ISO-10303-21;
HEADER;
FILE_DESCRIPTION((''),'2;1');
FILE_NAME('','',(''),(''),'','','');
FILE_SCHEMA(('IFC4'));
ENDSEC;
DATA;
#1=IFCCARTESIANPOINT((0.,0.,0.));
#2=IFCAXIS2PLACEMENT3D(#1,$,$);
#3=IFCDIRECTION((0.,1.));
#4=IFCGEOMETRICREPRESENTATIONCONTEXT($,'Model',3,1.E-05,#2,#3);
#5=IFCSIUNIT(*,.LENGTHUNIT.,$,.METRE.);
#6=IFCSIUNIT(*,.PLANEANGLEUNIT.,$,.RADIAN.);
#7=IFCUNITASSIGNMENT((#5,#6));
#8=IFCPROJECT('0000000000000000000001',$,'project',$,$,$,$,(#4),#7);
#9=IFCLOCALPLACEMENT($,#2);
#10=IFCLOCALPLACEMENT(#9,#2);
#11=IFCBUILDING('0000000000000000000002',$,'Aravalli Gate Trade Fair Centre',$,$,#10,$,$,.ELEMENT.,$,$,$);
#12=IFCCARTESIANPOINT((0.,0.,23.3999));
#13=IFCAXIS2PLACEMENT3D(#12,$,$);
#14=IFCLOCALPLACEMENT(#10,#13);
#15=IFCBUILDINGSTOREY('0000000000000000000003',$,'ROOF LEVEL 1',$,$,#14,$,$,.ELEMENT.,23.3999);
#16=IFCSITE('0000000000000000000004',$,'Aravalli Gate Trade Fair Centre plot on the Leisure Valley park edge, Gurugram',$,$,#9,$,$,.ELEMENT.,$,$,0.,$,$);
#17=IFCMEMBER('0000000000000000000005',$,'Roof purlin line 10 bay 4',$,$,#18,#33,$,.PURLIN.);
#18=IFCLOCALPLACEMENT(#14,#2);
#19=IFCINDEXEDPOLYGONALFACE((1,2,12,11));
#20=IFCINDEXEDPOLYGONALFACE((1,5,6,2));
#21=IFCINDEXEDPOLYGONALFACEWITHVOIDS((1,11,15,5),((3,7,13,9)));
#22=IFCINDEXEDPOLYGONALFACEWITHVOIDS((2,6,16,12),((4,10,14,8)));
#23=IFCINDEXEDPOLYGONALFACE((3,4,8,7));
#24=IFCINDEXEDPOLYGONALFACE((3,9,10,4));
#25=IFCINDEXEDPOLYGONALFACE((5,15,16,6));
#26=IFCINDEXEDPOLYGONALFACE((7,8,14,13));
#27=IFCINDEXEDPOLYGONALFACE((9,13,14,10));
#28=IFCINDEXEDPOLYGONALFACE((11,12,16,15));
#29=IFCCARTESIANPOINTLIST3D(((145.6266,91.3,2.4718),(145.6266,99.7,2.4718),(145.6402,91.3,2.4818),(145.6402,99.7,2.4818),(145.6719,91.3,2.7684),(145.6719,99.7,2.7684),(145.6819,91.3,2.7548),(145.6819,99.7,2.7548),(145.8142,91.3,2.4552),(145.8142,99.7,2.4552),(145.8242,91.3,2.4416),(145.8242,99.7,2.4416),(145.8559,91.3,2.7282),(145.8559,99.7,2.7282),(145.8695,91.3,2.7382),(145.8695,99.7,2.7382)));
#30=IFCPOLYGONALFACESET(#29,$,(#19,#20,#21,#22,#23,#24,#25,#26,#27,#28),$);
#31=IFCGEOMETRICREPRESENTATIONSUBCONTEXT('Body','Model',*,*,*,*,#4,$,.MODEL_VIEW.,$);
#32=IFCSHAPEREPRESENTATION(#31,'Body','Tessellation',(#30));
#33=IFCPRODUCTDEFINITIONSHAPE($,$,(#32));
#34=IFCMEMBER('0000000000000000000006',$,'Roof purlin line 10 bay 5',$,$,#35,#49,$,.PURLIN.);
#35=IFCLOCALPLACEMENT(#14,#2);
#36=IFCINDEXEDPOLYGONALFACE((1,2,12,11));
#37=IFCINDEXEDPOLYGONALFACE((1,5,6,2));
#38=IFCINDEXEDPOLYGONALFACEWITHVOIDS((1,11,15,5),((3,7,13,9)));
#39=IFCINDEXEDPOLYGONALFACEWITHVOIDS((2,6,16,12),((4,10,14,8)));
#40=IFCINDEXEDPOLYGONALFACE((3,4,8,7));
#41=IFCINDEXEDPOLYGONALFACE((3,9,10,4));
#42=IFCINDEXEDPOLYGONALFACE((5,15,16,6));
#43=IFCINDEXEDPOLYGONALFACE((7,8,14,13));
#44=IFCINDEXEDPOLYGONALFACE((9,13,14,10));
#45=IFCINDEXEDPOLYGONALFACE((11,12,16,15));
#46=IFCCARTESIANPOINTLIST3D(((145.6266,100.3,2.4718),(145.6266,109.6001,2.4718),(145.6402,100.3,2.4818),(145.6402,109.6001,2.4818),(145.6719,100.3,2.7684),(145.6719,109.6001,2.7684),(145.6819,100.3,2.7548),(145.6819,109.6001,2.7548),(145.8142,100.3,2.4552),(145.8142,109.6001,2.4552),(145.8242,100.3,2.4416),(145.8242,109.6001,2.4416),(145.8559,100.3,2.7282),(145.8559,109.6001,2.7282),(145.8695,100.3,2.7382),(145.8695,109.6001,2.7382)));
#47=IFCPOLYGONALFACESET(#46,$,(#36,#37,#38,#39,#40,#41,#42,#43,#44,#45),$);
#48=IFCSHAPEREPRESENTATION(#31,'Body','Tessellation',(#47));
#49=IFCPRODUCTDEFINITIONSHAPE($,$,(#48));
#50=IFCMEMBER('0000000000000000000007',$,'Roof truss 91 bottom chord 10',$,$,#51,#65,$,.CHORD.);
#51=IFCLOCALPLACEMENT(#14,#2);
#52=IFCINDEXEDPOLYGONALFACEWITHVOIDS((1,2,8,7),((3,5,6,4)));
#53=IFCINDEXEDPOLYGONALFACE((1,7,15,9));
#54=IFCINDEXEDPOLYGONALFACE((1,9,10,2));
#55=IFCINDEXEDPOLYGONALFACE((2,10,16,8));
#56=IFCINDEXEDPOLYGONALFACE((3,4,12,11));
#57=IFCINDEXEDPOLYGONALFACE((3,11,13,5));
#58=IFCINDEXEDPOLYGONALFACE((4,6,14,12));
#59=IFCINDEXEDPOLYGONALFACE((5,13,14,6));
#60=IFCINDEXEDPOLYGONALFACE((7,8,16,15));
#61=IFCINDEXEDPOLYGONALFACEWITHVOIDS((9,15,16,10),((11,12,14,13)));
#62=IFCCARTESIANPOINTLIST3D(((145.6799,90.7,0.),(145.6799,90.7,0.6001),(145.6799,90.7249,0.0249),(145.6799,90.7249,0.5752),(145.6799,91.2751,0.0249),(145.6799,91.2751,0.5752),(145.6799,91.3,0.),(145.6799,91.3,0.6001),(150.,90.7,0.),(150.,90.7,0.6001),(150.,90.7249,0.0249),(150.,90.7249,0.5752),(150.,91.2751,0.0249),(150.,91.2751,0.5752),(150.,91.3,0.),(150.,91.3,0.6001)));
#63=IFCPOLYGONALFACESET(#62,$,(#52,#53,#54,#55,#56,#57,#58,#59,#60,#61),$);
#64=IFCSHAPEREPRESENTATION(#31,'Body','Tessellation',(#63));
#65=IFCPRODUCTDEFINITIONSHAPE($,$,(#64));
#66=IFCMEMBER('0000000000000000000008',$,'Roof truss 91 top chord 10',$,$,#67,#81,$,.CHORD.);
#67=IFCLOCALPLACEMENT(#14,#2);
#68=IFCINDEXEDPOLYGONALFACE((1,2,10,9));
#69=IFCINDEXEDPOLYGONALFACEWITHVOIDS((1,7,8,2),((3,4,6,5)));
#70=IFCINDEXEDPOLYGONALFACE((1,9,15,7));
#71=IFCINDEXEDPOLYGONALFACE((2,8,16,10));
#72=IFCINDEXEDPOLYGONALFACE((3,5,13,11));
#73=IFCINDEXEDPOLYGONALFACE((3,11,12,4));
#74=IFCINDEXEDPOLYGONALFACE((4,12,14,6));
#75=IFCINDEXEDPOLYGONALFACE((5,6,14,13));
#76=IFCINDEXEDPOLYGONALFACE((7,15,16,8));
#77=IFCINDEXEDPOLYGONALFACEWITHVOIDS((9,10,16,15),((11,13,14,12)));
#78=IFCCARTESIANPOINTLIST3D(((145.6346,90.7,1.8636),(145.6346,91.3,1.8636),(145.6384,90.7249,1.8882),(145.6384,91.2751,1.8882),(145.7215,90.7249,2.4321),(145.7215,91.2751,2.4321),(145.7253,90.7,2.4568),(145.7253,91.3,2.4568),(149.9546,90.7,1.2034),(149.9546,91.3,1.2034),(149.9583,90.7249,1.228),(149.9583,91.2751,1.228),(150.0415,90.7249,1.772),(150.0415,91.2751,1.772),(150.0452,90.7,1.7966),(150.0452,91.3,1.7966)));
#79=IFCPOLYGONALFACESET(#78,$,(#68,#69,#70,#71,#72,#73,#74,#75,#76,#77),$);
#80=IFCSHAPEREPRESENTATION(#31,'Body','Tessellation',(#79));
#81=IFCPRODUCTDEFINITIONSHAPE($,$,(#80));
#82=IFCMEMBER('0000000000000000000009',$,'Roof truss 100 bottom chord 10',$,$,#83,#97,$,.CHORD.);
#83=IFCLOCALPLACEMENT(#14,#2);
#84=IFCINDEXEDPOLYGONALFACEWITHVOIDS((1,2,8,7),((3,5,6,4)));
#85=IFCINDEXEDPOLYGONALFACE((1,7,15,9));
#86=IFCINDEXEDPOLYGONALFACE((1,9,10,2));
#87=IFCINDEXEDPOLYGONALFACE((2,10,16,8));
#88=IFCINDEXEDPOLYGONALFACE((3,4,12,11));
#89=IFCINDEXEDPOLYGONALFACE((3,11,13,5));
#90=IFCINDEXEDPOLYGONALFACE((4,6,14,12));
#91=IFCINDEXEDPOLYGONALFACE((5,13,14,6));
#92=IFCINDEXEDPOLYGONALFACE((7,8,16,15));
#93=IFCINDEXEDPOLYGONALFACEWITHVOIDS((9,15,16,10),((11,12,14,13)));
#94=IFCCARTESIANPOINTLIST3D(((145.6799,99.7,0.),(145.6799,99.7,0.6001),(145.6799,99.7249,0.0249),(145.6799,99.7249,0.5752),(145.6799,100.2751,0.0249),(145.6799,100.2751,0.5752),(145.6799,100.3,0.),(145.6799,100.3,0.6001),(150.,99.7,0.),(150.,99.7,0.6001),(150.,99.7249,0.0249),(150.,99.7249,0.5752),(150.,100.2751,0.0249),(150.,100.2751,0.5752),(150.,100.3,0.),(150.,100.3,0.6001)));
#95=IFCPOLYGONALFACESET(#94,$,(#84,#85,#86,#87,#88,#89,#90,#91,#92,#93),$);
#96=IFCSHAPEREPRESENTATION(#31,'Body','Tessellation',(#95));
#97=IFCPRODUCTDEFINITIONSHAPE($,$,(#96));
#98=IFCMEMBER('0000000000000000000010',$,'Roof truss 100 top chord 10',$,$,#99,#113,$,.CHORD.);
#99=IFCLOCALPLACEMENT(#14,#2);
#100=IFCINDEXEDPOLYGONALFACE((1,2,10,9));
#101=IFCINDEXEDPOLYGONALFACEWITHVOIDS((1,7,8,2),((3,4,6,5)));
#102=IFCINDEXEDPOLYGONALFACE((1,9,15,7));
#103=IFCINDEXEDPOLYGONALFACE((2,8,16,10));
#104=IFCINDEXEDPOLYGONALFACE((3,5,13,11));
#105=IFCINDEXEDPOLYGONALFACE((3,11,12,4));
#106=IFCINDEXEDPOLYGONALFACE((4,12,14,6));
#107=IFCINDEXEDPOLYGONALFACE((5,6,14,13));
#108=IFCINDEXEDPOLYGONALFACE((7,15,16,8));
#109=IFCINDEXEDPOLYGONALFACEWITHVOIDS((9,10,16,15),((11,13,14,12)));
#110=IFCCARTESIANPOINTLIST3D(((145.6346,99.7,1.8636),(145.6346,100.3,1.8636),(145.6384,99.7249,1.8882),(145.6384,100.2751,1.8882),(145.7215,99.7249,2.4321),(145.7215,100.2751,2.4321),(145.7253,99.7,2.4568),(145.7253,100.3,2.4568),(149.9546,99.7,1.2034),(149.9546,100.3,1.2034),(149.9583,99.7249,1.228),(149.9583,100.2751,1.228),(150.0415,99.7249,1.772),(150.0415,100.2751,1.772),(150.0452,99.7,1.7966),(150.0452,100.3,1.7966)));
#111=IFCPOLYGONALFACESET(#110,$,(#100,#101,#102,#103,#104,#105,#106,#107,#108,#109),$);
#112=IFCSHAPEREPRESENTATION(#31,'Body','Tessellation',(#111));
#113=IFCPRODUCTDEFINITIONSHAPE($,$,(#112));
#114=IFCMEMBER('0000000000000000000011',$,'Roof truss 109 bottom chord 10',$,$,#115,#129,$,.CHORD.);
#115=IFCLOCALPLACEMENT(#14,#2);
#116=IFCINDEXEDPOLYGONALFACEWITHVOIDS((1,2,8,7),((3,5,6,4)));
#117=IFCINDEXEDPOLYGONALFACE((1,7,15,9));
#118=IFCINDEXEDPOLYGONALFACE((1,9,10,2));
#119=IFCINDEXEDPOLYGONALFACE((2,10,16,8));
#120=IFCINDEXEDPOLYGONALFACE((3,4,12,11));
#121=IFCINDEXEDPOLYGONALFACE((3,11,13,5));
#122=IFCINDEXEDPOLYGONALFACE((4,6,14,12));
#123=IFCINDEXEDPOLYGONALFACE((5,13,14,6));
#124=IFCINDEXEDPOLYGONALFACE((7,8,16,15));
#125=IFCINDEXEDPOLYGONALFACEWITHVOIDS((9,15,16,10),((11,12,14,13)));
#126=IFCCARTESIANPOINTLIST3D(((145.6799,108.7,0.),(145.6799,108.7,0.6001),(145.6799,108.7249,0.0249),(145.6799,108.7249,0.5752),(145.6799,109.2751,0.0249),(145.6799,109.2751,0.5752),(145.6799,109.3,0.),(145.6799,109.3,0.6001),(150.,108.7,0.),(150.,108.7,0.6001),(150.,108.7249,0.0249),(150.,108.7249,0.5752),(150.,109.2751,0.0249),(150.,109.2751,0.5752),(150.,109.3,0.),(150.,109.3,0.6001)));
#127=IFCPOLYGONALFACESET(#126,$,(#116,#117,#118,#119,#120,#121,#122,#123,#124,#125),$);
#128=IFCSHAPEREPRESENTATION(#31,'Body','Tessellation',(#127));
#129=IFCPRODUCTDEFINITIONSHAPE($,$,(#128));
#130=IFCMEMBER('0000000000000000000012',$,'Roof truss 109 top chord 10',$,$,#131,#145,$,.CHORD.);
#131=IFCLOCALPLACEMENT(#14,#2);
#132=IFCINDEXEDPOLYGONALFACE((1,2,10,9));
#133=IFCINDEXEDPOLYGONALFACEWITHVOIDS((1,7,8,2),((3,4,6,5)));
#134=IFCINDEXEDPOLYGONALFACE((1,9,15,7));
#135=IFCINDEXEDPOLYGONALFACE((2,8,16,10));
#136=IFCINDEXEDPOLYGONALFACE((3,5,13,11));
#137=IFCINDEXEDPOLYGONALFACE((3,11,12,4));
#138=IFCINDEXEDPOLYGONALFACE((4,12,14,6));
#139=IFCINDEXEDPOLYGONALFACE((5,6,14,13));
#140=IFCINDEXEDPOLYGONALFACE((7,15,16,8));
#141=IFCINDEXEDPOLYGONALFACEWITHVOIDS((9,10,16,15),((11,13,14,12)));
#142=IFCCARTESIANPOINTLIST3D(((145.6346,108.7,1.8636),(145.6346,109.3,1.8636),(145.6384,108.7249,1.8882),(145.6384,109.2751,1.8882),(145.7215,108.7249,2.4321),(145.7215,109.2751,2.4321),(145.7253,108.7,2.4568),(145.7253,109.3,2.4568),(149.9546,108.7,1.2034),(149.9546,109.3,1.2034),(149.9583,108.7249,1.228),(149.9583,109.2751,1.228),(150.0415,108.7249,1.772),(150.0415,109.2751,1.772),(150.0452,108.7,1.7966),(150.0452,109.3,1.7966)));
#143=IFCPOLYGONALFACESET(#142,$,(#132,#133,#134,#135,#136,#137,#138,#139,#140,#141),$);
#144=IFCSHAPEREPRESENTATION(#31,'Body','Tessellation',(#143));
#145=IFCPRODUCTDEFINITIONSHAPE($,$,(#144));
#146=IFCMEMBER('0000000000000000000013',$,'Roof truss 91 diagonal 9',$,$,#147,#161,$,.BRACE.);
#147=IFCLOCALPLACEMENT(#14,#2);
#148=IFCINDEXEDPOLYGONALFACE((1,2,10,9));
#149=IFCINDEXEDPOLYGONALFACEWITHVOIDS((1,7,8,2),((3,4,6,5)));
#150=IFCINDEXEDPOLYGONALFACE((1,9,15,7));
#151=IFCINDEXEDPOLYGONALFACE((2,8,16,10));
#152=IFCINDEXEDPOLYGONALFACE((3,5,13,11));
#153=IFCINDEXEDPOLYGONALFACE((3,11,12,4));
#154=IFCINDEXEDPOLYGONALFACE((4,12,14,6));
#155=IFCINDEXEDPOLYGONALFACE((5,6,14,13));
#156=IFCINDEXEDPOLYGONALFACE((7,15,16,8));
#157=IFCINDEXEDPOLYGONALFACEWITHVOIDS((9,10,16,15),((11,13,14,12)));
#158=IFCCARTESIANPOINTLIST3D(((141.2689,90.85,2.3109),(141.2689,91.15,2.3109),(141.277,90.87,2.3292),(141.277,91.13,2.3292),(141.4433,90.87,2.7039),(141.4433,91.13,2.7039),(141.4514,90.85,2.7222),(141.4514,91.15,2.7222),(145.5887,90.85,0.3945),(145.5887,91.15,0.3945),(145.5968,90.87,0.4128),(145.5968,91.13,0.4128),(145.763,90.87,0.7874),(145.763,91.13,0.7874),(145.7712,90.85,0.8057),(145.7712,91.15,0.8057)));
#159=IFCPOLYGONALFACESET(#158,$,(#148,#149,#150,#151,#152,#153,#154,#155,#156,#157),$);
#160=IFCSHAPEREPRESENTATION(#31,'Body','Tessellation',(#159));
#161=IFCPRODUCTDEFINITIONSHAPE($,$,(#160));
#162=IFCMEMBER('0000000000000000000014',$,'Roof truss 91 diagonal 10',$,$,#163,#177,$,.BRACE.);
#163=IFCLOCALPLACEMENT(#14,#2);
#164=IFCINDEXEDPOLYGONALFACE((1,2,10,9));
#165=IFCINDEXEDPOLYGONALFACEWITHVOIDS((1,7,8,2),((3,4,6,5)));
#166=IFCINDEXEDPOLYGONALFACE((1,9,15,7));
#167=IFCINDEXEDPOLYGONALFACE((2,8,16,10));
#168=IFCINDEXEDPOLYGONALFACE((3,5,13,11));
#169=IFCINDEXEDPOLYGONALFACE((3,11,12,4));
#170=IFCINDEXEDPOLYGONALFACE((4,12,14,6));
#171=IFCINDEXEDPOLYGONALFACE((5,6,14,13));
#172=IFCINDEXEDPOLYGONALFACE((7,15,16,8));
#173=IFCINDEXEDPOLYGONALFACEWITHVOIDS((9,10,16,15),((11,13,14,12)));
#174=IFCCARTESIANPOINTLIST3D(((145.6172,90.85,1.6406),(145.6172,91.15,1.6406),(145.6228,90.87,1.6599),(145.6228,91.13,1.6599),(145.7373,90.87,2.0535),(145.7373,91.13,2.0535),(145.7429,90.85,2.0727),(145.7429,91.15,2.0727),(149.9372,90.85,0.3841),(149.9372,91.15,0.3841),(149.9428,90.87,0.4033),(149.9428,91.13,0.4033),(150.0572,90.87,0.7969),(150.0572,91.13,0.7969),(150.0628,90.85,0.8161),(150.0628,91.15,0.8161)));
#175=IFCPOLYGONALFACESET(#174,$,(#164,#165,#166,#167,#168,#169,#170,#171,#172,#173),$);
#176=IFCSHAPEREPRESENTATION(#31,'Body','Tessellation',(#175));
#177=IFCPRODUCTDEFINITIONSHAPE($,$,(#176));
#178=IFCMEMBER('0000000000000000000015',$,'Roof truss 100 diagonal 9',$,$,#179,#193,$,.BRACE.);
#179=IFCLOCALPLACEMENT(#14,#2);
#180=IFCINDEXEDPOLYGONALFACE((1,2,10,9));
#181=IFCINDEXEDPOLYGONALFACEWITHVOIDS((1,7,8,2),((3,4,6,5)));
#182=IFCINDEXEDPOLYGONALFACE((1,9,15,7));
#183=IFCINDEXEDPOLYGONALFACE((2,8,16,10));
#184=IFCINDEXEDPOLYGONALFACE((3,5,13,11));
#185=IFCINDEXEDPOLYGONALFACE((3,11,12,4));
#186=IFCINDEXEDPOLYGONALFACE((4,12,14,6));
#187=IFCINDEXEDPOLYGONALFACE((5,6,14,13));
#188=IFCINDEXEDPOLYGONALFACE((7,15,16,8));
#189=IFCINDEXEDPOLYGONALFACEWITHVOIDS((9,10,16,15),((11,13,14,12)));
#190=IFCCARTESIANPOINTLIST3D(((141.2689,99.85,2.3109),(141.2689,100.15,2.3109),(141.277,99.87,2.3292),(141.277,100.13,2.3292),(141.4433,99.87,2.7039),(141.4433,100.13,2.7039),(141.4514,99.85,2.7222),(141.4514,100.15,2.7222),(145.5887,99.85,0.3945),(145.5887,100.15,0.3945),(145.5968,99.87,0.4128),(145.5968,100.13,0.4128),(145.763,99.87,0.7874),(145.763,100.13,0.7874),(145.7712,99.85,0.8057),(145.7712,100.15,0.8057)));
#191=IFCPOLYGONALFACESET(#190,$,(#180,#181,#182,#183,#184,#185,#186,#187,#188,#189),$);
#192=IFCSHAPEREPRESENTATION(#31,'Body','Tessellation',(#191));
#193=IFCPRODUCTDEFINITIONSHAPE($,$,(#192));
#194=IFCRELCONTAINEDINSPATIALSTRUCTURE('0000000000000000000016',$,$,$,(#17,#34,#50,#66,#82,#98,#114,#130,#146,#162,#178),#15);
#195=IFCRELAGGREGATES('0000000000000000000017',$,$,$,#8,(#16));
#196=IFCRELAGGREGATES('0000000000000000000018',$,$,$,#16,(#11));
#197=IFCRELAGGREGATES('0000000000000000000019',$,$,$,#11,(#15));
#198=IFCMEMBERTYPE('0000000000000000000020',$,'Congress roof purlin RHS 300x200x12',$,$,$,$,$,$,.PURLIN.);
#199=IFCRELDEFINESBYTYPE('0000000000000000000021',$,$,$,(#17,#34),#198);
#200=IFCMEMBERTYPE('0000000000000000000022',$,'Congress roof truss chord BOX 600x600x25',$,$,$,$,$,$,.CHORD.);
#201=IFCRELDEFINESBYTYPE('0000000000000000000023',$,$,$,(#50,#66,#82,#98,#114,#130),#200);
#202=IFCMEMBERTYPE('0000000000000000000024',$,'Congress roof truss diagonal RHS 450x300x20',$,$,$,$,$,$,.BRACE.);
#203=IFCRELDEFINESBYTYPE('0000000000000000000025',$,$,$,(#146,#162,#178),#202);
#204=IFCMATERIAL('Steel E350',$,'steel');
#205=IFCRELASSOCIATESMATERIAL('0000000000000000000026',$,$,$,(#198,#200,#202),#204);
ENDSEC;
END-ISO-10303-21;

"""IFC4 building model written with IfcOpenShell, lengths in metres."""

from ifc_helpers import new_model, si_unit, direction, frame, origin, origin_2d, place, context, subcontext, project, spatial, hollow_rectangle, extrude, material, material_profile, profile_set, type_object, element, save


model = new_model("IFC4")

# Units and contexts
model_context = context("Model", 3, precision=1e-05, world=origin(), true_north=direction((0.0, 1.0)))
body_context = subcontext(model_context, "Body", "Model", "MODEL_VIEW")
ifc_project = project(units=[si_unit("LENGTHUNIT", "METRE"), si_unit("PLANEANGLEUNIT", "RADIAN")], contexts=[model_context])

# Site, building, storey
site_placement = place(None, origin())
site = spatial("IfcSite", under=ifc_project, at=site_placement, Name="Aravalli Gate Trade Fair Centre plot on the Leisure Valley park edge, Gurugram", CompositionType="ELEMENT", RefElevation=0.0)
building_placement = place(site_placement, origin())
building = spatial("IfcBuilding", under=site, at=building_placement, Name="Aravalli Gate Trade Fair Centre", CompositionType="ELEMENT")
storey_placement = place(building_placement, frame((0.0, 0.0, 23.3999)))
storey = spatial("IfcBuildingStorey", under=building, at=storey_placement, Name="ROOF LEVEL 1", CompositionType="ELEMENT", Elevation=23.3999)

# Members
ifc_material = material(Name="Steel E350", Category="steel")
ifc_material_profile_1 = material_profile(ifc_material, hollow_rectangle(XDim=0.2, YDim=0.3, WallThickness=0.012, at=origin_2d()), Name="RHS 300x200x12")
ifc_profile_set_1 = profile_set([ifc_material_profile_1], Name="Steel E350")
member_type_1 = type_object("IfcMemberType", Name="Congress roof purlin RHS 300x200x12", PredefinedType="PURLIN", material=ifc_profile_set_1)
member_1_placement = place(storey_placement, frame((145.748, 91.3, 2.605), z_axis=(0.0, 1.0, 0.0), x_axis=(-0.98853, 0.0, 0.151026)))
element("IfcMember", 1, at=member_1_placement, inside=storey, type_object=member_type_1, Name="Roof purlin line 10 bay 4", PredefinedType="PURLIN", context=body_context, shape_type="SweptSolid", body=[
    extrude(hollow_rectangle(XDim=0.2, YDim=0.3, WallThickness=0.012, at=origin_2d()), origin(), (0.0, 0.0, 1.0), 8.3999),
])
member_2_placement = place(storey_placement, frame((145.748, 100.3, 2.605), z_axis=(0.0, 1.0, 0.0), x_axis=(-0.98853, 0.0, 0.151026)))
element("IfcMember", 2, at=member_2_placement, inside=storey, type_object=member_type_1, Name="Roof purlin line 10 bay 5", PredefinedType="PURLIN", context=body_context, shape_type="SweptSolid", body=[
    extrude(hollow_rectangle(XDim=0.2, YDim=0.3, WallThickness=0.012, at=origin_2d()), origin(), (0.0, 0.0, 1.0), 9.3),
])
ifc_material_profile_2 = material_profile(ifc_material, hollow_rectangle(XDim=0.6001, YDim=0.6001, WallThickness=0.0249, at=origin_2d()), Name="BOX 600x600x25")
ifc_profile_set_2 = profile_set([ifc_material_profile_2], Name="Steel E350")
member_type_2 = type_object("IfcMemberType", Name="Congress roof truss chord BOX 600x600x25", PredefinedType="CHORD", material=ifc_profile_set_2)
member_3_placement = place(storey_placement, frame((145.6799, 91.0, 0.3), z_axis=(1.0, 0.0, 0.0), x_axis=(0.0, 1.0, 0.0)))
element("IfcMember", 3, at=member_3_placement, inside=storey, type_object=member_type_2, Name="Roof truss 91 bottom chord 10", PredefinedType="CHORD", context=body_context, shape_type="SweptSolid", body=[
    extrude(hollow_rectangle(XDim=0.6001, YDim=0.6001, WallThickness=0.0249, at=origin_2d()), origin(), (0.0, 0.0, 1.0), 4.3201),
])
member_4_placement = place(storey_placement, frame((145.6799, 91.0, 2.1602), z_axis=(0.988525, 0.0, -0.151058), x_axis=(0.0, 1.0, 0.0)))
element("IfcMember", 4, at=member_4_placement, inside=storey, type_object=member_type_2, Name="Roof truss 91 top chord 10", PredefinedType="CHORD", context=body_context, shape_type="SweptSolid", body=[
    extrude(hollow_rectangle(XDim=0.6001, YDim=0.6001, WallThickness=0.0249, at=origin_2d()), origin(), (0.0, 0.0, 1.0), 4.3701),
])
member_5_placement = place(storey_placement, frame((145.6799, 100.0, 0.3), z_axis=(1.0, 0.0, 0.0), x_axis=(0.0, 1.0, 0.0)))
element("IfcMember", 5, at=member_5_placement, inside=storey, type_object=member_type_2, Name="Roof truss 100 bottom chord 10", PredefinedType="CHORD", context=body_context, shape_type="SweptSolid", body=[
    extrude(hollow_rectangle(XDim=0.6001, YDim=0.6001, WallThickness=0.0249, at=origin_2d()), origin(), (0.0, 0.0, 1.0), 4.3201),
])
member_6_placement = place(storey_placement, frame((145.6799, 100.0, 2.1602), z_axis=(0.988525, 0.0, -0.151058), x_axis=(0.0, 1.0, 0.0)))
element("IfcMember", 6, at=member_6_placement, inside=storey, type_object=member_type_2, Name="Roof truss 100 top chord 10", PredefinedType="CHORD", context=body_context, shape_type="SweptSolid", body=[
    extrude(hollow_rectangle(XDim=0.6001, YDim=0.6001, WallThickness=0.0249, at=origin_2d()), origin(), (0.0, 0.0, 1.0), 4.3701),
])
member_7_placement = place(storey_placement, frame((145.6799, 109.0, 0.3), z_axis=(1.0, 0.0, 0.0), x_axis=(0.0, 1.0, 0.0)))
element("IfcMember", 7, at=member_7_placement, inside=storey, type_object=member_type_2, Name="Roof truss 109 bottom chord 10", PredefinedType="CHORD", context=body_context, shape_type="SweptSolid", body=[
    extrude(hollow_rectangle(XDim=0.6001, YDim=0.6001, WallThickness=0.0249, at=origin_2d()), origin(), (0.0, 0.0, 1.0), 4.3201),
])
member_8_placement = place(storey_placement, frame((145.6799, 109.0, 2.1602), z_axis=(0.988525, 0.0, -0.151058), x_axis=(0.0, 1.0, 0.0)))
element("IfcMember", 8, at=member_8_placement, inside=storey, type_object=member_type_2, Name="Roof truss 109 top chord 10", PredefinedType="CHORD", context=body_context, shape_type="SweptSolid", body=[
    extrude(hollow_rectangle(XDim=0.6001, YDim=0.6001, WallThickness=0.0249, at=origin_2d()), origin(), (0.0, 0.0, 1.0), 4.3701),
])
ifc_material_profile_3 = material_profile(ifc_material, hollow_rectangle(XDim=0.3, YDim=0.45, WallThickness=0.02, at=origin_2d()), Name="RHS 450x300x20")
ifc_profile_set_3 = profile_set([ifc_material_profile_3], Name="Steel E350")
member_type_3 = type_object("IfcMemberType", Name="Congress roof truss diagonal RHS 450x300x20", PredefinedType="BRACE", material=ifc_profile_set_3)
member_9_placement = place(storey_placement, frame((145.6799, 91.0, 0.6001), z_axis=(-0.91408, 0.0, 0.405534), x_axis=(0.0, -1.0, 0.0)))
element("IfcMember", 9, at=member_9_placement, inside=storey, type_object=member_type_3, Name="Roof truss 91 diagonal 9", PredefinedType="BRACE", context=body_context, shape_type="SweptSolid", body=[
    extrude(hollow_rectangle(XDim=0.3, YDim=0.45, WallThickness=0.02, at=origin_2d()), origin(), (0.0, 0.0, 1.0), 4.7258),
])
member_10_placement = place(storey_placement, frame((150.0, 91.0, 0.6001), z_axis=(-0.960205, 0.0, 0.279298), x_axis=(0.0, -1.0, 0.0)))
element("IfcMember", 10, at=member_10_placement, inside=storey, type_object=member_type_3, Name="Roof truss 91 diagonal 10", PredefinedType="BRACE", context=body_context, shape_type="SweptSolid", body=[
    extrude(hollow_rectangle(XDim=0.3, YDim=0.45, WallThickness=0.02, at=origin_2d()), origin(), (0.0, 0.0, 1.0), 4.499),
])
for number, where, z_axis, x_axis, name in (
    (11, (145.6799, 100.0, 0.6001), (-0.91408, 0.0, 0.405534), (0.0, -1.0, 0.0), "Roof truss 100 diagonal 9"),
):
    element("IfcMember", number, at=place(storey_placement, frame(where, z_axis=z_axis, x_axis=x_axis)), inside=storey, type_object=member_type_3, Name=name, PredefinedType="BRACE", context=body_context, shape_type="SweptSolid", body=[
        extrude(hollow_rectangle(XDim=0.3, YDim=0.45, WallThickness=0.02, at=origin_2d()), origin(), (0.0, 0.0, 1.0), 4.7258),
    ])

save(model, "model.ifc")
